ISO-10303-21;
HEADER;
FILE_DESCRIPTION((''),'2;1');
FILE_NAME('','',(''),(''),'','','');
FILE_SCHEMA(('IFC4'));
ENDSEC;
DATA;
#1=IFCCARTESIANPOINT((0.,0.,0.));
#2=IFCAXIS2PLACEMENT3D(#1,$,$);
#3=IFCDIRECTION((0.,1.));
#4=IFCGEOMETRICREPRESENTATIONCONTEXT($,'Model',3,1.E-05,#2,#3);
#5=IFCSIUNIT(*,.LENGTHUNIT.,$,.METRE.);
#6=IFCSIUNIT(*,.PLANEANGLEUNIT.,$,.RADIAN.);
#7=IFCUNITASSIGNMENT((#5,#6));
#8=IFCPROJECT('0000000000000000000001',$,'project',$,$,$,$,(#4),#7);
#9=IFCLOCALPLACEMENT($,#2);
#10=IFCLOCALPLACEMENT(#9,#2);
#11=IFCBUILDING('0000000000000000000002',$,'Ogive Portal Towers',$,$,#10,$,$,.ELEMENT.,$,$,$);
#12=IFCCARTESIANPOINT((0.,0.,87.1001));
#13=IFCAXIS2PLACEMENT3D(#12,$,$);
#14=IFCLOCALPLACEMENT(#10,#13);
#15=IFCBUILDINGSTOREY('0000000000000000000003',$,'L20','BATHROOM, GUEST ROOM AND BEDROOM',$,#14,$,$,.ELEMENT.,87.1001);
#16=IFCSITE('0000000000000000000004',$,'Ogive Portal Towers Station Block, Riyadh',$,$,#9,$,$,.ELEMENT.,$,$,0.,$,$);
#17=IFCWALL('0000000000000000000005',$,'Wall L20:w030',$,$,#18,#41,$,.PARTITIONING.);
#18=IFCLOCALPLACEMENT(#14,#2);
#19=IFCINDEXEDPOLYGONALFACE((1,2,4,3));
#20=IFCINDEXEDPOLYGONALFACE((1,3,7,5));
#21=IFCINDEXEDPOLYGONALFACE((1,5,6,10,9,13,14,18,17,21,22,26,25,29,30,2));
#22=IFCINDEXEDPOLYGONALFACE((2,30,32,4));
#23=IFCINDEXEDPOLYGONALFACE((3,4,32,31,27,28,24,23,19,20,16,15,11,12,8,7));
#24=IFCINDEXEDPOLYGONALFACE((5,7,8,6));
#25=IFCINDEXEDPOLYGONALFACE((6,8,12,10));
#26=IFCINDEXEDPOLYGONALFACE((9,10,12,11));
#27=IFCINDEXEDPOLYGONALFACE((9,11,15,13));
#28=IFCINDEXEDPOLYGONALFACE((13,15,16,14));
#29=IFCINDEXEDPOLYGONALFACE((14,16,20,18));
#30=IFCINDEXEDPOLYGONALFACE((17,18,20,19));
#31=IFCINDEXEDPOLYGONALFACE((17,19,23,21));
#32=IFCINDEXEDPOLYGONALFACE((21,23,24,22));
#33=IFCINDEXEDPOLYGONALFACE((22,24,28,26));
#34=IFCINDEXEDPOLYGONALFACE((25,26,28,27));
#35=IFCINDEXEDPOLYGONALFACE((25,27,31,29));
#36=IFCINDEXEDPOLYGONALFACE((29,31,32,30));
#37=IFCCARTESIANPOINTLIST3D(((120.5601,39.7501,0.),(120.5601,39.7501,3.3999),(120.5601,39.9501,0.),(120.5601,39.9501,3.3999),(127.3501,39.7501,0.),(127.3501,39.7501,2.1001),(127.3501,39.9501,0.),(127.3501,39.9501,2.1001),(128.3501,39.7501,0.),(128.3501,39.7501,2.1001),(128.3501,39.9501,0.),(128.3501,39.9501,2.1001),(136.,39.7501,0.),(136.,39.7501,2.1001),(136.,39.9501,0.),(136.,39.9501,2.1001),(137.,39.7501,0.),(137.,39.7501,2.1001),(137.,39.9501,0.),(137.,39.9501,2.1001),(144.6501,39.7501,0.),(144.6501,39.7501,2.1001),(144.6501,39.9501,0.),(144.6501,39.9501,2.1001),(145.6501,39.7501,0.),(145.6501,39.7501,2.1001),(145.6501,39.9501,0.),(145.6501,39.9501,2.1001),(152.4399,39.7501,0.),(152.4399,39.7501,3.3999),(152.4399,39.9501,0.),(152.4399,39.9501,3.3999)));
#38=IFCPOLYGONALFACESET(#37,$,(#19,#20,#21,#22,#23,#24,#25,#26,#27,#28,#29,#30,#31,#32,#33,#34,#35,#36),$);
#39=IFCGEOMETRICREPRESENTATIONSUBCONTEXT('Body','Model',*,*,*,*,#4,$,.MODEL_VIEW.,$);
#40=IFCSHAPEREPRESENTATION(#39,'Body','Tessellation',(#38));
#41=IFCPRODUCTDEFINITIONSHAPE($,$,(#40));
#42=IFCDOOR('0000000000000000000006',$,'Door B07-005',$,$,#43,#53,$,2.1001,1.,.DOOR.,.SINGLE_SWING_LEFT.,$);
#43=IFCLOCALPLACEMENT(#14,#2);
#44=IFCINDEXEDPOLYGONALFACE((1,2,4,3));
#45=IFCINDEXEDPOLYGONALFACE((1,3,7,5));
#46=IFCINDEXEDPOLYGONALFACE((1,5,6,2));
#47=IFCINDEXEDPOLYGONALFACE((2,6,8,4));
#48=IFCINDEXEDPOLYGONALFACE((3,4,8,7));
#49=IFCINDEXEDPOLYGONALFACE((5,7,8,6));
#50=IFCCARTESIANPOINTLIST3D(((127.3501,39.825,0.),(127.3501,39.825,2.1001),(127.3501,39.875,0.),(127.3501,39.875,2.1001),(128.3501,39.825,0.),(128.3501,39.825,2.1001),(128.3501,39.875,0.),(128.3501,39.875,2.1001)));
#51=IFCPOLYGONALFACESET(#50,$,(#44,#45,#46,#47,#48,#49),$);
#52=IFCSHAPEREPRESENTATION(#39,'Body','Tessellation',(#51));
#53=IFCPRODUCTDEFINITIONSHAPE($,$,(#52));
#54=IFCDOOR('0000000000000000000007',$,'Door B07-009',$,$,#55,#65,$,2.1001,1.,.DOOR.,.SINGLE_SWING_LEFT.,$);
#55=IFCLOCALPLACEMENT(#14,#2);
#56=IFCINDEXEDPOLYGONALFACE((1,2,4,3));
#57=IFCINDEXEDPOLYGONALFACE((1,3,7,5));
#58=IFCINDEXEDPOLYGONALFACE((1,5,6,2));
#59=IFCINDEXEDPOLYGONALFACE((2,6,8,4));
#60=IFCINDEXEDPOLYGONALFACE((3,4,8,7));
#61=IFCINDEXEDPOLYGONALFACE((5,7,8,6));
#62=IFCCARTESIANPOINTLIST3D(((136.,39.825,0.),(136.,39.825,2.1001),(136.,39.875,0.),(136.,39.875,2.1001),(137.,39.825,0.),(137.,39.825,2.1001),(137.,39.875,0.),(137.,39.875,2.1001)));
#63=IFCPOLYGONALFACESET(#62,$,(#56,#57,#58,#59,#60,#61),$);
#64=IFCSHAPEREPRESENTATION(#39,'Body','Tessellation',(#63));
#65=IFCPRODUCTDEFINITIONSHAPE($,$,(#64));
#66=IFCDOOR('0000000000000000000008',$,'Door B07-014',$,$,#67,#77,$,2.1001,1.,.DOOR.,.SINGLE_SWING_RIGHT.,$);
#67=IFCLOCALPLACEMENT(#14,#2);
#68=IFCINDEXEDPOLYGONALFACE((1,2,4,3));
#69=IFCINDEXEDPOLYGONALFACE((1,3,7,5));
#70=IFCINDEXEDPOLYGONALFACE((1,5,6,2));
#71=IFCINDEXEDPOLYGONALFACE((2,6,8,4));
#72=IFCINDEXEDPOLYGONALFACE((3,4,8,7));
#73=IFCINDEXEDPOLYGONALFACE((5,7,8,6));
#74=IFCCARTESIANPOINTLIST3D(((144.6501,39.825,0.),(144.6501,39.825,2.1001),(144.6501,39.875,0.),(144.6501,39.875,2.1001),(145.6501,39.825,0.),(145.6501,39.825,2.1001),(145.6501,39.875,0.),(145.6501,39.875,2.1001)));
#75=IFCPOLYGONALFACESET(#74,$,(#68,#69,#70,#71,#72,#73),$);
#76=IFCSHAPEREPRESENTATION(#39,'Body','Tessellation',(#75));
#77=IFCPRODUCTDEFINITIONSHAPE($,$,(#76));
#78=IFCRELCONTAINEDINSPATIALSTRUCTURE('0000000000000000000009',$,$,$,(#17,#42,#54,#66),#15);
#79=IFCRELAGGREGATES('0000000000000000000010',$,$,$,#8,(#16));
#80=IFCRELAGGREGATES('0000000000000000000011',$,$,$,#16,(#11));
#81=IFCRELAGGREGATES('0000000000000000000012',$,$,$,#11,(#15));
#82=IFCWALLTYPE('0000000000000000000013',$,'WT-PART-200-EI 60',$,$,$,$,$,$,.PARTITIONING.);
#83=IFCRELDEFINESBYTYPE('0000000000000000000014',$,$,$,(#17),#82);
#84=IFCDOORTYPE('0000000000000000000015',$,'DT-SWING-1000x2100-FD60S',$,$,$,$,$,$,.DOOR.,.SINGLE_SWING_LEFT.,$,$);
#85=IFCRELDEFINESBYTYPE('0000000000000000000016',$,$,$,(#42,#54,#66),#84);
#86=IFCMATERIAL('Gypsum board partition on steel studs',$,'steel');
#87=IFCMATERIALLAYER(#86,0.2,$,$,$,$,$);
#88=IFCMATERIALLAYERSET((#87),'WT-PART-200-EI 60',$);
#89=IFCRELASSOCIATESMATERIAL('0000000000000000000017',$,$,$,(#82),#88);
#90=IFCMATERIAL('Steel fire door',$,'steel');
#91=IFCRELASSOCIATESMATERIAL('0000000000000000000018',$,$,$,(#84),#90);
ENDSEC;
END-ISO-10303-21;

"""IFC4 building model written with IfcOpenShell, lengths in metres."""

from ifc_helpers import new_model, si_unit, direction, frame, frame_2d, origin, place, context, subcontext, project, spatial, rectangle, extrude, material, layer, layer_set, type_object, element, fill, save


model = new_model("IFC4")

# Units and contexts
model_context = context("Model", 3, precision=1e-05, world=origin(), true_north=direction((0.0, 1.0)))
body_context = subcontext(model_context, "Body", "Model", "MODEL_VIEW")
ifc_project = project(units=[si_unit("LENGTHUNIT", "METRE"), si_unit("PLANEANGLEUNIT", "RADIAN")], contexts=[model_context])

# Site, building, storey
site_placement = place(None, origin())
site = spatial("IfcSite", under=ifc_project, at=site_placement, Name="Ogive Portal Towers Station Block, Riyadh", CompositionType="ELEMENT", RefElevation=0.0)
building_placement = place(site_placement, origin())
building = spatial("IfcBuilding", under=site, at=building_placement, Name="Ogive Portal Towers", CompositionType="ELEMENT")
storey_placement = place(building_placement, frame((0.0, 0.0, 87.1001)))
storey = spatial("IfcBuildingStorey", under=building, at=storey_placement, Name="L20", Description="BATHROOM, GUEST ROOM AND BEDROOM", CompositionType="ELEMENT", Elevation=87.1001)

# Shared definitions
ifc_material_1 = material(Name="Steel fire door", Category="steel")

# Shared definitions
ifc_material_2 = material(Name="Gypsum board partition on steel studs", Category="steel")
ifc_layer_1 = layer(ifc_material_2, 0.2)
ifc_layer_set_1 = layer_set([ifc_layer_1], Name="WT-PART-200-EI 60")
wall_type_1 = type_object("IfcWallType", Name="WT-PART-200-EI 60", PredefinedType="PARTITIONING", material=ifc_layer_set_1)

# Wall, openings, doors
wall_1_placement = place(storey_placement, frame((120.5601, 39.8501, 0.0), z_axis=(0.0, 0.0, 1.0), x_axis=(1.0, 0.0, 0.0)))
wall_1 = element("IfcWall", 1, at=wall_1_placement, inside=storey, type_object=wall_type_1, Name="Wall L20:w030", PredefinedType="PARTITIONING", context=body_context, shape_type="SweptSolid", body=[
    extrude(rectangle(XDim=31.8799, YDim=0.2, at=frame_2d((15.9399, 0.0))), origin(), (0.0, 0.0, 1.0), 3.3999),
])
opening_1_placement = place(wall_1_placement, frame((6.79, 0.0, 0.0)))
opening_1 = element("IfcOpeningElement", 2, at=opening_1_placement, cuts=wall_1, PredefinedType="OPENING", context=body_context, shape_type="SweptSolid", body=[
    extrude(rectangle(XDim=1.0, YDim=2.1001, at=frame_2d((0.5, 1.05))), frame((0.0, 0.1099, 0.0), z_axis=(0.0, -1.0, 0.0), x_axis=(1.0, 0.0, 0.0)), (0.0, 0.0, 1.0), 0.22),
])
opening_2_placement = place(wall_1_placement, frame((15.4399, 0.0, 0.0)))
opening_2 = element("IfcOpeningElement", 3, at=opening_2_placement, cuts=wall_1, PredefinedType="OPENING", context=body_context, shape_type="SweptSolid", body=[
    extrude(rectangle(XDim=1.0, YDim=2.1001, at=frame_2d((0.5, 1.05))), frame((0.0, 0.1099, 0.0), z_axis=(0.0, -1.0, 0.0), x_axis=(1.0, 0.0, 0.0)), (0.0, 0.0, 1.0), 0.22),
])
opening_3_placement = place(wall_1_placement, frame((24.0901, 0.0, 0.0)))
opening_3 = element("IfcOpeningElement", 4, at=opening_3_placement, cuts=wall_1, PredefinedType="OPENING", context=body_context, shape_type="SweptSolid", body=[
    extrude(rectangle(XDim=1.0, YDim=2.1001, at=frame_2d((0.5, 1.05))), frame((0.0, 0.1099, 0.0), z_axis=(0.0, -1.0, 0.0), x_axis=(1.0, 0.0, 0.0)), (0.0, 0.0, 1.0), 0.22),
])
door_type_1 = type_object("IfcDoorType", Name="DT-SWING-1000x2100-FD60S", OperationType="SINGLE_SWING_LEFT", PredefinedType="DOOR", material=ifc_material_1)
door_1_placement = place(opening_1_placement, origin())
door_1 = element("IfcDoor", 5, at=door_1_placement, inside=storey, type_object=door_type_1, Name="Door B07-005", OperationType="SINGLE_SWING_LEFT", OverallHeight=2.1001, OverallWidth=1.0, PredefinedType="DOOR", context=body_context, shape_type="SweptSolid", body=[
    extrude(rectangle(XDim=1.0, YDim=2.1001, at=frame_2d((0.5, 1.05))), frame((0.0, 0.0249, 0.0), z_axis=(0.0, -1.0, 0.0), x_axis=(1.0, 0.0, 0.0)), (0.0, 0.0, 1.0), 0.05),
])
fill(opening_1, door_1)
door_2_placement = place(opening_2_placement, origin())
door_2 = element("IfcDoor", 6, at=door_2_placement, inside=storey, type_object=door_type_1, Name="Door B07-009", OperationType="SINGLE_SWING_LEFT", OverallHeight=2.1001, OverallWidth=1.0, PredefinedType="DOOR", context=body_context, shape_type="SweptSolid", body=[
    extrude(rectangle(XDim=1.0, YDim=2.1001, at=frame_2d((0.5, 1.05))), frame((0.0, 0.0249, 0.0), z_axis=(0.0, -1.0, 0.0), x_axis=(1.0, 0.0, 0.0)), (0.0, 0.0, 1.0), 0.05),
])
fill(opening_2, door_2)
door_3_placement = place(opening_3_placement, origin())
door_3 = element("IfcDoor", 7, at=door_3_placement, inside=storey, type_object=door_type_1, Name="Door B07-014", OperationType="SINGLE_SWING_RIGHT", OverallHeight=2.1001, OverallWidth=1.0, PredefinedType="DOOR", context=body_context, shape_type="SweptSolid", body=[
    extrude(rectangle(XDim=1.0, YDim=2.1001, at=frame_2d((0.5, 1.05))), frame((0.0, 0.0249, 0.0), z_axis=(0.0, -1.0, 0.0), x_axis=(1.0, 0.0, 0.0)), (0.0, 0.0, 1.0), 0.05),
])
fill(opening_3, door_3)

save(model, "model.ifc")
